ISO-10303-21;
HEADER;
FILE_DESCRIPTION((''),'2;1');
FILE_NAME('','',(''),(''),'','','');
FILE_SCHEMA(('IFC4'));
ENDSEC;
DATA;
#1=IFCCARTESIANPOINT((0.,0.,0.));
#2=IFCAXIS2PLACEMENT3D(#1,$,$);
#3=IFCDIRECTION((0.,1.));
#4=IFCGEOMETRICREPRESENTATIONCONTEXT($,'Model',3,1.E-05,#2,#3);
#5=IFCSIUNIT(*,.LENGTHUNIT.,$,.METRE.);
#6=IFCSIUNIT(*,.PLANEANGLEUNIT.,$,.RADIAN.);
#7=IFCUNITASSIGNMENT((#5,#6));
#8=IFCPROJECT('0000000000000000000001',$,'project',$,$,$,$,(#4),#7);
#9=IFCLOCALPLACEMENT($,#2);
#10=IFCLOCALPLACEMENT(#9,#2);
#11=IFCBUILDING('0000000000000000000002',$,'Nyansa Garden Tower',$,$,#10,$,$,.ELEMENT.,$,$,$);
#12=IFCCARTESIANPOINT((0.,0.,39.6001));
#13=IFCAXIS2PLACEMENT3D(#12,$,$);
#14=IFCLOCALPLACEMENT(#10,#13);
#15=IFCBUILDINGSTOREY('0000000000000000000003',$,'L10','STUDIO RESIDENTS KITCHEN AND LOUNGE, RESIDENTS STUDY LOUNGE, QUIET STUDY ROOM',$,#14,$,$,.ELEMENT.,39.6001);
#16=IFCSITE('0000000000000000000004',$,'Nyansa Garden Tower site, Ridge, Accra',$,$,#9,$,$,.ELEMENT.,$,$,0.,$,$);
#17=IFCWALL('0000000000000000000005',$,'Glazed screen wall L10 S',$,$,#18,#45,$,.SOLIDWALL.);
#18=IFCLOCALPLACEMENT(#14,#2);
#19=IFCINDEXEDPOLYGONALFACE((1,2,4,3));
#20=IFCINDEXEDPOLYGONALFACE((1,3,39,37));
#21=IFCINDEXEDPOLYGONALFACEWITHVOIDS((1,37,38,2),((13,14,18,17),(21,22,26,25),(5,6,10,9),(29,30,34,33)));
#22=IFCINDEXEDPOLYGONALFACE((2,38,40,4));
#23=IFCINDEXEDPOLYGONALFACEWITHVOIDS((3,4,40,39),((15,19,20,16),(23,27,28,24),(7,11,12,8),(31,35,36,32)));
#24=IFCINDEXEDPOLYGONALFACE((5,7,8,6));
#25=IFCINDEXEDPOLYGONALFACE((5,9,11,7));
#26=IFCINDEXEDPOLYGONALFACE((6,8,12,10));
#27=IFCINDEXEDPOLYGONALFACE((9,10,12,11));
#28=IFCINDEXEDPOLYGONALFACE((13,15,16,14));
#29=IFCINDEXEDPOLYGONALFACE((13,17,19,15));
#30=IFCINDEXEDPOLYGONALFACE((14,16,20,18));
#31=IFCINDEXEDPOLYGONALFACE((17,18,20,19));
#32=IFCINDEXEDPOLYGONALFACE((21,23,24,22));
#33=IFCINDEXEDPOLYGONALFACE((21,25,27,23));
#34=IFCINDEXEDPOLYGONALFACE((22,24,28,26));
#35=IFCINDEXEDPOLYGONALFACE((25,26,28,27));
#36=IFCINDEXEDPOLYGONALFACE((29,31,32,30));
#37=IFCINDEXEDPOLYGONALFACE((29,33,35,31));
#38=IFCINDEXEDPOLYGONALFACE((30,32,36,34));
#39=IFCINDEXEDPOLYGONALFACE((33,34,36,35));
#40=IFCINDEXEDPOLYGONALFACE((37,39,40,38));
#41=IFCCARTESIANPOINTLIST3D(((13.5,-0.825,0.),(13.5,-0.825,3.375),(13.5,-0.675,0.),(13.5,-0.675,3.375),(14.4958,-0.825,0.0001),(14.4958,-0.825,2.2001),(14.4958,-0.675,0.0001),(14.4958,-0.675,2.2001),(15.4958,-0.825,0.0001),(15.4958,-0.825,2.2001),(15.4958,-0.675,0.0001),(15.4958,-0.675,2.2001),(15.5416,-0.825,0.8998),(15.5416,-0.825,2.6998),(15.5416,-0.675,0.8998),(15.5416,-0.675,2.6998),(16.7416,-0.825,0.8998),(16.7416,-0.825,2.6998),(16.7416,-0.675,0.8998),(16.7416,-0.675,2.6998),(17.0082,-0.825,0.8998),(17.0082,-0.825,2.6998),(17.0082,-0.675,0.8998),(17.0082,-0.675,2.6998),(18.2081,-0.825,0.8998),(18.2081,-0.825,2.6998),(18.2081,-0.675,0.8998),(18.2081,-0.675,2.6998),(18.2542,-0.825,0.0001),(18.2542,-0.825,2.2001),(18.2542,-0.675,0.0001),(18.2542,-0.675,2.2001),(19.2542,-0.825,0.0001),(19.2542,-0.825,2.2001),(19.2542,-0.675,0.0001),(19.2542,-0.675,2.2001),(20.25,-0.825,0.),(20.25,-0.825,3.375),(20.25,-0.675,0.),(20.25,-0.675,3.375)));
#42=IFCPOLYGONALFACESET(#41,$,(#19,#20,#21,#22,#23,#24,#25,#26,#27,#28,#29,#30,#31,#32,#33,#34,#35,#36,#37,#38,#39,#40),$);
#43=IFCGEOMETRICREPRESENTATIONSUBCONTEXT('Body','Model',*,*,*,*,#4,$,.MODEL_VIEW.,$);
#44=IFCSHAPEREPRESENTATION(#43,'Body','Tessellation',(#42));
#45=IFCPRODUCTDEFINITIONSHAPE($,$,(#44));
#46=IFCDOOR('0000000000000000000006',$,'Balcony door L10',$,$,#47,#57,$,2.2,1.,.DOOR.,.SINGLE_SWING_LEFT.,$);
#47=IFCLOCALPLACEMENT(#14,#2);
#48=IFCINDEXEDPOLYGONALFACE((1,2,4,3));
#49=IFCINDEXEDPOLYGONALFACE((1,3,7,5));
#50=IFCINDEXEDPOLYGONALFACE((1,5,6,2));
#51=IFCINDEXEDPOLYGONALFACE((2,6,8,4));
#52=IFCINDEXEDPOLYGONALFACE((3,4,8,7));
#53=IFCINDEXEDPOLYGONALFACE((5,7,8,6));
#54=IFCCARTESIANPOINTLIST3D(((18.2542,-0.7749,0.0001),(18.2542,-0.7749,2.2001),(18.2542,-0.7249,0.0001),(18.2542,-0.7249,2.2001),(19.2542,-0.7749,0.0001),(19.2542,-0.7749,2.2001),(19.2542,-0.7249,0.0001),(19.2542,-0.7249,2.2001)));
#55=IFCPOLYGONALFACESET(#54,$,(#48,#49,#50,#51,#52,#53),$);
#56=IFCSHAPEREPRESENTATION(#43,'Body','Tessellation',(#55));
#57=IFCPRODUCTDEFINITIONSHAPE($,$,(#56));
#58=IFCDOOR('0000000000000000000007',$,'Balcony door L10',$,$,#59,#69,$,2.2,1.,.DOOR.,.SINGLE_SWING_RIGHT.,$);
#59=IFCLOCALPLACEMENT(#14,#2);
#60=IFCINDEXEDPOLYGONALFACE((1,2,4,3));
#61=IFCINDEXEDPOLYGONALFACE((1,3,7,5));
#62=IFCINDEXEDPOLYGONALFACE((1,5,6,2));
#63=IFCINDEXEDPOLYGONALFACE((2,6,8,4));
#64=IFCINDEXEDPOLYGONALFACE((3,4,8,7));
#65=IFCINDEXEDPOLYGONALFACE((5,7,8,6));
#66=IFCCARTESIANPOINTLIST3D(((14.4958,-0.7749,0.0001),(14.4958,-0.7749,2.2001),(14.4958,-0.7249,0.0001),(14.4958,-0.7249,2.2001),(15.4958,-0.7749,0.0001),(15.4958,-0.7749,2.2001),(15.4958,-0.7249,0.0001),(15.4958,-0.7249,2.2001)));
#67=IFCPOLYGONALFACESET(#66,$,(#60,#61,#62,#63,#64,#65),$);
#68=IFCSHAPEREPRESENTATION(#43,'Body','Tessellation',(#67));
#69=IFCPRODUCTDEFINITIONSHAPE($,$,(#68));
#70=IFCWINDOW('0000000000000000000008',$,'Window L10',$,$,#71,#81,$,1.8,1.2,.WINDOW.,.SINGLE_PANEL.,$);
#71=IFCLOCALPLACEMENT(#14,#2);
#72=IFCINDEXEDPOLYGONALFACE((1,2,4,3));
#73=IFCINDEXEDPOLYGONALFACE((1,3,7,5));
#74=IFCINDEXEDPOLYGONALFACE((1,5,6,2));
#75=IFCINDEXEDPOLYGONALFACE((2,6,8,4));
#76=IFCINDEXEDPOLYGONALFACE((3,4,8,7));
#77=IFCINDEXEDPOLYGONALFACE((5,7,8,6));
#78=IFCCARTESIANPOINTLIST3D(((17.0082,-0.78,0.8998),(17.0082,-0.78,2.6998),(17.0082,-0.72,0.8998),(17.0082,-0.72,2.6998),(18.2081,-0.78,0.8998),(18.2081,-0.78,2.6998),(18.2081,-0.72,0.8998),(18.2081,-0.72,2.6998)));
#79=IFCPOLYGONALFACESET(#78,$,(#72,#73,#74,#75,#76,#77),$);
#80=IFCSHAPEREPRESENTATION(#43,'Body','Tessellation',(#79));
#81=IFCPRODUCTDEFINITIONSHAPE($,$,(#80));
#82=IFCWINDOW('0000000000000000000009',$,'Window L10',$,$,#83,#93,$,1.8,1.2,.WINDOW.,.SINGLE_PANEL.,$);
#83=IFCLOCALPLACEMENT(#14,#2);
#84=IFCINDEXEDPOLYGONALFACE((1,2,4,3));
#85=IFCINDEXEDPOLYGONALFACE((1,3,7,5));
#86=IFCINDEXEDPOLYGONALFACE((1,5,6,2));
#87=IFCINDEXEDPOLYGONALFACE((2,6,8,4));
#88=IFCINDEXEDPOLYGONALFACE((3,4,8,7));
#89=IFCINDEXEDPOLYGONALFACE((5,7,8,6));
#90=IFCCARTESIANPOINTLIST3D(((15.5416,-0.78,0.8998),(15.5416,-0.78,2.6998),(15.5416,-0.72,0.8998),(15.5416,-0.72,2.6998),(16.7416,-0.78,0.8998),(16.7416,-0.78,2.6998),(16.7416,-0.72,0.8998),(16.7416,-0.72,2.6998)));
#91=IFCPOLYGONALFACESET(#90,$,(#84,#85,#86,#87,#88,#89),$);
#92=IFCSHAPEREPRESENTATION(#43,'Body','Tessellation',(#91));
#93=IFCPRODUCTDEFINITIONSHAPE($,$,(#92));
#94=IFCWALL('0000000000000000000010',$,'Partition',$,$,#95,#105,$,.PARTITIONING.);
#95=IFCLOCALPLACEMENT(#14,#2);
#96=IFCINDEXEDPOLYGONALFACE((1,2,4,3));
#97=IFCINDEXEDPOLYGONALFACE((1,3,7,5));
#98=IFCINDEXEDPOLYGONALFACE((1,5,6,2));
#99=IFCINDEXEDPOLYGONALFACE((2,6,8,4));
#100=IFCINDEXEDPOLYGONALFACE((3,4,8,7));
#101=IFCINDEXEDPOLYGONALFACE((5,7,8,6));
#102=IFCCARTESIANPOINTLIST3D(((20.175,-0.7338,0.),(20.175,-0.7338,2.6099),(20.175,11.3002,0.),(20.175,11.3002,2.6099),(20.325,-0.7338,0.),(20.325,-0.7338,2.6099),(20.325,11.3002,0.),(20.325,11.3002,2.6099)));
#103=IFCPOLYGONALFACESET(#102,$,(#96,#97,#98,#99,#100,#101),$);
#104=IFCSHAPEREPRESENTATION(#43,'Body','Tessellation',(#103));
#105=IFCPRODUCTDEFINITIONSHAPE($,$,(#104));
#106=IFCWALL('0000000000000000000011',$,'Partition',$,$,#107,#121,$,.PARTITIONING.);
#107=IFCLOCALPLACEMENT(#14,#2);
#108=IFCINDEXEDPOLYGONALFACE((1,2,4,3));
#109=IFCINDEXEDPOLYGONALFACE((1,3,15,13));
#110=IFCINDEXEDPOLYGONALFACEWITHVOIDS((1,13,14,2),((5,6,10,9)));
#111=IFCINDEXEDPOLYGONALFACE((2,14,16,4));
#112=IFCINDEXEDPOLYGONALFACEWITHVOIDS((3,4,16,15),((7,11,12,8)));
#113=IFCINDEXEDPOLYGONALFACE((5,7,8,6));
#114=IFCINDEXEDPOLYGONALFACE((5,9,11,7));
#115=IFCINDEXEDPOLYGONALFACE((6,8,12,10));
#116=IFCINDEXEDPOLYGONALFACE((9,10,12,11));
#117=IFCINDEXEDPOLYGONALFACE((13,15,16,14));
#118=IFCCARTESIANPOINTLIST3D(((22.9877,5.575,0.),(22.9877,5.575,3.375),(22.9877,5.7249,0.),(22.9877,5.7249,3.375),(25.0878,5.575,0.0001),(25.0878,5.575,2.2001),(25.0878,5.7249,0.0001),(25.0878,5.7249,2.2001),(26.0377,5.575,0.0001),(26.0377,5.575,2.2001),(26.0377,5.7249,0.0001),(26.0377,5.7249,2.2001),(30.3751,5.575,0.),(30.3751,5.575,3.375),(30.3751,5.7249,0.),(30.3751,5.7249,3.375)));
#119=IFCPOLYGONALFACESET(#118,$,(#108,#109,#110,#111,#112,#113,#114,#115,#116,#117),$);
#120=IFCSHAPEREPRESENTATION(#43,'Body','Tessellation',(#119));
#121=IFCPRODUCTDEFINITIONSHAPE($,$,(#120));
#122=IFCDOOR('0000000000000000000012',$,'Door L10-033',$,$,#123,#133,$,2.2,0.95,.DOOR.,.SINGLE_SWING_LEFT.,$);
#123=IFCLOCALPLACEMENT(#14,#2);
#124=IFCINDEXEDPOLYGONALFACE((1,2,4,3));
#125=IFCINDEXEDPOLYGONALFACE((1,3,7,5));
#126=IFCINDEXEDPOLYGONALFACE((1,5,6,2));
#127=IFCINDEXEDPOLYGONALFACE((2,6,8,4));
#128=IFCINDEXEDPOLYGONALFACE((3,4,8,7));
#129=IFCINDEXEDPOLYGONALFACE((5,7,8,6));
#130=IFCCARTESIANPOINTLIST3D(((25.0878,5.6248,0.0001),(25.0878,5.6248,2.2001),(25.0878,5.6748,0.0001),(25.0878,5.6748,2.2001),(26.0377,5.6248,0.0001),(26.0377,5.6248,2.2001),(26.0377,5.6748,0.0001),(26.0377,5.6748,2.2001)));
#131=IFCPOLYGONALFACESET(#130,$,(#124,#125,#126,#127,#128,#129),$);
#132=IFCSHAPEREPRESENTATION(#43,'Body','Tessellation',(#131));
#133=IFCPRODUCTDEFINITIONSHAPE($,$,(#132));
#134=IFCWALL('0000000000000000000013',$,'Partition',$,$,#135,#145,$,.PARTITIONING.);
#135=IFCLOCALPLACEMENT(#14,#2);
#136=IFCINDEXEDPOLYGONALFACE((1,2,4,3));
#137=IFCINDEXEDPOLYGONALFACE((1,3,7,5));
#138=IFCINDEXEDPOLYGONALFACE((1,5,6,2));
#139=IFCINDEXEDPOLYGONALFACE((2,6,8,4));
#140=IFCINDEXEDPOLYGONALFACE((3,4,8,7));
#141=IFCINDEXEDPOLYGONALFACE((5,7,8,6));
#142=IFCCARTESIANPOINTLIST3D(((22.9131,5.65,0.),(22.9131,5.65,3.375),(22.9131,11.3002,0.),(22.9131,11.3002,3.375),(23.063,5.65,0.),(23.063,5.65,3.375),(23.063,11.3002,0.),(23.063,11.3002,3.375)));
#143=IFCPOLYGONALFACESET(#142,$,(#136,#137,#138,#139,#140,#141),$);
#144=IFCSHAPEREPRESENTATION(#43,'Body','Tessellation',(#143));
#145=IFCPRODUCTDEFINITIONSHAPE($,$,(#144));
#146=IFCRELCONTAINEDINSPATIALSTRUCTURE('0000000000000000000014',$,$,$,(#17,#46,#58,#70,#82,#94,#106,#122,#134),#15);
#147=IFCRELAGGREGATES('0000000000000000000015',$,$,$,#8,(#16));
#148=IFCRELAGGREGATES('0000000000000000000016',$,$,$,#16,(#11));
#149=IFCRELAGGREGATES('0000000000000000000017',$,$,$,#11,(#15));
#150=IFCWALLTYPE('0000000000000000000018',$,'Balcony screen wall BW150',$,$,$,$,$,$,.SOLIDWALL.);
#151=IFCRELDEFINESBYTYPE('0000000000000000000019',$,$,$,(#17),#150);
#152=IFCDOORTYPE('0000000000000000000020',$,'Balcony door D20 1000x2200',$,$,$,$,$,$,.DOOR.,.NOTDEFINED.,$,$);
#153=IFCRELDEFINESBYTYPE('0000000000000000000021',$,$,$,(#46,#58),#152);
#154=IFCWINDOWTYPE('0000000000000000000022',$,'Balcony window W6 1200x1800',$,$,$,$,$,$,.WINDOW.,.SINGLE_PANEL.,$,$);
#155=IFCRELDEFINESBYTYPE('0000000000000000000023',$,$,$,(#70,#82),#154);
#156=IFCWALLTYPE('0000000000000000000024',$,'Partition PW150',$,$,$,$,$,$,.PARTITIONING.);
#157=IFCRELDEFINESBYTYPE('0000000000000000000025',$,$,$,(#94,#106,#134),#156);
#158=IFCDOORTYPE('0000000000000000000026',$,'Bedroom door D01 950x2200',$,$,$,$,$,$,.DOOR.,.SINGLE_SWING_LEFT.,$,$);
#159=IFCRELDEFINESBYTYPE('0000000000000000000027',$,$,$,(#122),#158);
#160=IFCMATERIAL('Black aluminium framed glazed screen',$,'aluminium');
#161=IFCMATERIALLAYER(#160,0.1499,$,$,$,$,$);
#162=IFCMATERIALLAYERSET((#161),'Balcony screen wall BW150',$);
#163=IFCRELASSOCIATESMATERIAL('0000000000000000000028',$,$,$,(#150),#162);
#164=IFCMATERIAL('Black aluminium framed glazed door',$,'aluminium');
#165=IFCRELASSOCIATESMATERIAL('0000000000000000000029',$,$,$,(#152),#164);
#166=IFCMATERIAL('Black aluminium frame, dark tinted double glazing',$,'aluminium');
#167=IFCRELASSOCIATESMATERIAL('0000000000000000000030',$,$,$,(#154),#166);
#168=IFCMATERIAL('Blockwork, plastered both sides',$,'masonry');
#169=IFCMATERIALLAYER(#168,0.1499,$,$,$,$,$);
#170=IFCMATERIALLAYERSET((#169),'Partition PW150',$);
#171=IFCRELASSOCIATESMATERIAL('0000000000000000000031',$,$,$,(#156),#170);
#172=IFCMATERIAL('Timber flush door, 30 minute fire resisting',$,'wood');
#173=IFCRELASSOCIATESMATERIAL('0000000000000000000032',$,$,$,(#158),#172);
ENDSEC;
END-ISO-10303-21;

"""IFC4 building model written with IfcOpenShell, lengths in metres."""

from ifc_helpers import new_model, si_unit, direction, frame, frame_2d, origin, place, context, subcontext, project, spatial, rectangle, extrude, material, layer, layer_set, type_object, element, fill, save


model = new_model("IFC4")

# Units and contexts
model_context = context("Model", 3, precision=1e-05, world=origin(), true_north=direction((0.0, 1.0)))
body_context = subcontext(model_context, "Body", "Model", "MODEL_VIEW")
ifc_project = project(units=[si_unit("LENGTHUNIT", "METRE"), si_unit("PLANEANGLEUNIT", "RADIAN")], contexts=[model_context])

# Site, building, storey
site_placement = place(None, origin())
site = spatial("IfcSite", under=ifc_project, at=site_placement, Name="Nyansa Garden Tower site, Ridge, Accra", CompositionType="ELEMENT", RefElevation=0.0)
building_placement = place(site_placement, origin())
building = spatial("IfcBuilding", under=site, at=building_placement, Name="Nyansa Garden Tower", CompositionType="ELEMENT")
storey_placement = place(building_placement, frame((0.0, 0.0, 39.6001)))
storey = spatial("IfcBuildingStorey", under=building, at=storey_placement, Name="L10", Description="STUDIO RESIDENTS KITCHEN AND LOUNGE, RESIDENTS STUDY LOUNGE, QUIET STUDY ROOM", CompositionType="ELEMENT", Elevation=39.6001)

# Wall, openings, doors, windows
ifc_material_1 = material(Name="Black aluminium framed glazed screen", Category="aluminium")
ifc_layer_1 = layer(ifc_material_1, 0.1499)
ifc_layer_set_1 = layer_set([ifc_layer_1], Name="Balcony screen wall BW150")
wall_type_1 = type_object("IfcWallType", Name="Balcony screen wall BW150", PredefinedType="SOLIDWALL", material=ifc_layer_set_1)
wall_1_placement = place(storey_placement, frame((20.25, -0.75, 0.0), z_axis=(0.0, 0.0, 1.0), x_axis=(-1.0, 0.0, 0.0)))
wall_1 = element("IfcWall", 1, at=wall_1_placement, inside=storey, type_object=wall_type_1, Name="Glazed screen wall L10 S", PredefinedType="SOLIDWALL", context=body_context, shape_type="SweptSolid", body=[
    extrude(rectangle(XDim=6.75, YDim=0.1499, at=frame_2d((3.375, 0.0))), origin(), (0.0, 0.0, 1.0), 3.375),
])
opening_1_placement = place(wall_1_placement, frame((0.9958, 0.0, 0.0)))
opening_1 = element("IfcOpeningElement", 2, at=opening_1_placement, cuts=wall_1, PredefinedType="OPENING", context=body_context, shape_type="SweptSolid", body=[
    extrude(rectangle(XDim=1.0, YDim=2.2, at=frame_2d((0.5, 1.1001))), frame((0.0, 0.085, 0.0), z_axis=(0.0, -1.0, 0.0), x_axis=(1.0, 0.0, 0.0)), (0.0, 0.0, 1.0), 0.1699),
])
opening_2_placement = place(wall_1_placement, frame((2.0417, 0.0, 0.8999)))
opening_2 = element("IfcOpeningElement", 3, at=opening_2_placement, cuts=wall_1, PredefinedType="OPENING", context=body_context, shape_type="SweptSolid", body=[
    extrude(rectangle(XDim=1.2, YDim=1.8, at=frame_2d((0.6001, 0.8999))), frame((0.0, 0.085, 0.0), z_axis=(0.0, -1.0, 0.0), x_axis=(1.0, 0.0, 0.0)), (0.0, 0.0, 1.0), 0.1699),
])
opening_3_placement = place(wall_1_placement, frame((4.7542, 0.0, 0.0)))
opening_3 = element("IfcOpeningElement", 4, at=opening_3_placement, cuts=wall_1, PredefinedType="OPENING", context=body_context, shape_type="SweptSolid", body=[
    extrude(rectangle(XDim=1.0, YDim=2.2, at=frame_2d((0.5, 1.1001))), frame((0.0, 0.085, 0.0), z_axis=(0.0, -1.0, 0.0), x_axis=(1.0, 0.0, 0.0)), (0.0, 0.0, 1.0), 0.1699),
])
opening_4_placement = place(wall_1_placement, frame((3.5083, 0.0, 0.8999)))
opening_4 = element("IfcOpeningElement", 5, at=opening_4_placement, cuts=wall_1, PredefinedType="OPENING", context=body_context, shape_type="SweptSolid", body=[
    extrude(rectangle(XDim=1.2, YDim=1.8, at=frame_2d((0.6001, 0.8999))), frame((0.0, 0.085, 0.0), z_axis=(0.0, -1.0, 0.0), x_axis=(1.0, 0.0, 0.0)), (0.0, 0.0, 1.0), 0.1699),
])
ifc_material_2 = material(Name="Black aluminium framed glazed door", Category="aluminium")
door_type_1 = type_object("IfcDoorType", Name="Balcony door D20 1000x2200", OperationType="NOTDEFINED", PredefinedType="DOOR", material=ifc_material_2)
door_1_placement = place(opening_1_placement, origin())
door_1 = element("IfcDoor", 6, at=door_1_placement, inside=storey, type_object=door_type_1, Name="Balcony door L10", OperationType="SINGLE_SWING_LEFT", OverallHeight=2.2, OverallWidth=1.0, PredefinedType="DOOR", context=body_context, shape_type="SweptSolid", body=[
    extrude(rectangle(XDim=1.0, YDim=2.2, at=frame_2d((0.5, 1.1001))), frame((0.0, 0.0249, 0.0), z_axis=(0.0, -1.0, 0.0), x_axis=(1.0, 0.0, 0.0)), (0.0, 0.0, 1.0), 0.05),
])
fill(opening_1, door_1)
door_2_placement = place(opening_3_placement, origin())
door_2 = element("IfcDoor", 7, at=door_2_placement, inside=storey, type_object=door_type_1, Name="Balcony door L10", OperationType="SINGLE_SWING_RIGHT", OverallHeight=2.2, OverallWidth=1.0, PredefinedType="DOOR", context=body_context, shape_type="SweptSolid", body=[
    extrude(rectangle(XDim=1.0, YDim=2.2, at=frame_2d((0.5, 1.1001))), frame((0.0, 0.0249, 0.0), z_axis=(0.0, -1.0, 0.0), x_axis=(1.0, 0.0, 0.0)), (0.0, 0.0, 1.0), 0.05),
])
fill(opening_3, door_2)
ifc_material_3 = material(Name="Black aluminium frame, dark tinted double glazing", Category="aluminium")
window_type = type_object("IfcWindowType", Name="Balcony window W6 1200x1800", PartitioningType="SINGLE_PANEL", PredefinedType="WINDOW", material=ifc_material_3)
window_1_placement = place(opening_2_placement, origin())
window_1 = element("IfcWindow", 8, at=window_1_placement, inside=storey, type_object=window_type, Name="Window L10", OverallHeight=1.8, OverallWidth=1.2, PartitioningType="SINGLE_PANEL", PredefinedType="WINDOW", context=body_context, shape_type="SweptSolid", body=[
    extrude(rectangle(XDim=1.2, YDim=1.8, at=frame_2d((0.6001, 0.8999))), frame((0.0, 0.03, 0.0), z_axis=(0.0, -1.0, 0.0), x_axis=(1.0, 0.0, 0.0)), (0.0, 0.0, 1.0), 0.0601),
])
fill(opening_2, window_1)
window_2_placement = place(opening_4_placement, origin())
window_2 = element("IfcWindow", 9, at=window_2_placement, inside=storey, type_object=window_type, Name="Window L10", OverallHeight=1.8, OverallWidth=1.2, PartitioningType="SINGLE_PANEL", PredefinedType="WINDOW", context=body_context, shape_type="SweptSolid", body=[
    extrude(rectangle(XDim=1.2, YDim=1.8, at=frame_2d((0.6001, 0.8999))), frame((0.0, 0.03, 0.0), z_axis=(0.0, -1.0, 0.0), x_axis=(1.0, 0.0, 0.0)), (0.0, 0.0, 1.0), 0.0601),
])
fill(opening_4, window_2)

# Wall
ifc_material_4 = material(Name="Blockwork, plastered both sides", Category="masonry")
ifc_layer_2 = layer(ifc_material_4, 0.1499)
ifc_layer_set_2 = layer_set([ifc_layer_2], Name="Partition PW150")
wall_type_2 = type_object("IfcWallType", Name="Partition PW150", PredefinedType="PARTITIONING", material=ifc_layer_set_2)
wall_2_placement = place(storey_placement, frame((20.25, -0.7339, 0.0), z_axis=(0.0, 0.0, 1.0), x_axis=(0.0, 1.0, 0.0)))
element("IfcWall", 10, at=wall_2_placement, inside=storey, type_object=wall_type_2, Name="Partition", PredefinedType="PARTITIONING", context=body_context, shape_type="SweptSolid", body=[
    extrude(rectangle(XDim=12.0339, YDim=0.1499, at=frame_2d((6.0171, 0.0))), origin(), (0.0, 0.0, 1.0), 2.6099),
])

# Wall, opening, door
wall_3_placement = place(storey_placement, frame((22.9875, 5.6499, 0.0), z_axis=(0.0, 0.0, 1.0), x_axis=(1.0, 0.0, 0.0)))
wall_3 = element("IfcWall", 11, at=wall_3_placement, inside=storey, type_object=wall_type_2, Name="Partition", PredefinedType="PARTITIONING", context=body_context, shape_type="SweptSolid", body=[
    extrude(rectangle(XDim=7.3875, YDim=0.1499, at=frame_2d((3.6938, 0.0))), origin(), (0.0, 0.0, 1.0), 3.375),
])
opening_5_placement = place(wall_3_placement, frame((2.1001, 0.0, 0.0)))
opening_5 = element("IfcOpeningElement", 12, at=opening_5_placement, cuts=wall_3, PredefinedType="OPENING", context=body_context, shape_type="SweptSolid", body=[
    extrude(rectangle(XDim=0.95, YDim=2.2, at=frame_2d((0.4751, 1.1001))), frame((0.0, 0.085, 0.0), z_axis=(0.0, -1.0, 0.0), x_axis=(1.0, 0.0, 0.0)), (0.0, 0.0, 1.0), 0.1699),
])
ifc_material_5 = material(Name="Timber flush door, 30 minute fire resisting", Category="wood")
door_type_2 = type_object("IfcDoorType", Name="Bedroom door D01 950x2200", OperationType="SINGLE_SWING_LEFT", PredefinedType="DOOR", material=ifc_material_5)
door_3_placement = place(opening_5_placement, origin())
door_3 = element("IfcDoor", 13, at=door_3_placement, inside=storey, type_object=door_type_2, Name="Door L10-033", OperationType="SINGLE_SWING_LEFT", OverallHeight=2.2, OverallWidth=0.95, PredefinedType="DOOR", context=body_context, shape_type="SweptSolid", body=[
    extrude(rectangle(XDim=0.95, YDim=2.2, at=frame_2d((0.4751, 1.1001))), frame((0.0, 0.0249, 0.0), z_axis=(0.0, -1.0, 0.0), x_axis=(1.0, 0.0, 0.0)), (0.0, 0.0, 1.0), 0.05),
])
fill(opening_5, door_3)

# Wall
wall_4_placement = place(storey_placement, frame((22.988, 5.6499, 0.0), z_axis=(0.0, 0.0, 1.0), x_axis=(0.0, 1.0, 0.0)))
element("IfcWall", 14, at=wall_4_placement, inside=storey, type_object=wall_type_2, Name="Partition", PredefinedType="PARTITIONING", context=body_context, shape_type="SweptSolid", body=[
    extrude(rectangle(XDim=5.6501, YDim=0.1499, at=frame_2d((2.8252, 0.0))), origin(), (0.0, 0.0, 1.0), 3.375),
])

save(model, "model.ifc")
